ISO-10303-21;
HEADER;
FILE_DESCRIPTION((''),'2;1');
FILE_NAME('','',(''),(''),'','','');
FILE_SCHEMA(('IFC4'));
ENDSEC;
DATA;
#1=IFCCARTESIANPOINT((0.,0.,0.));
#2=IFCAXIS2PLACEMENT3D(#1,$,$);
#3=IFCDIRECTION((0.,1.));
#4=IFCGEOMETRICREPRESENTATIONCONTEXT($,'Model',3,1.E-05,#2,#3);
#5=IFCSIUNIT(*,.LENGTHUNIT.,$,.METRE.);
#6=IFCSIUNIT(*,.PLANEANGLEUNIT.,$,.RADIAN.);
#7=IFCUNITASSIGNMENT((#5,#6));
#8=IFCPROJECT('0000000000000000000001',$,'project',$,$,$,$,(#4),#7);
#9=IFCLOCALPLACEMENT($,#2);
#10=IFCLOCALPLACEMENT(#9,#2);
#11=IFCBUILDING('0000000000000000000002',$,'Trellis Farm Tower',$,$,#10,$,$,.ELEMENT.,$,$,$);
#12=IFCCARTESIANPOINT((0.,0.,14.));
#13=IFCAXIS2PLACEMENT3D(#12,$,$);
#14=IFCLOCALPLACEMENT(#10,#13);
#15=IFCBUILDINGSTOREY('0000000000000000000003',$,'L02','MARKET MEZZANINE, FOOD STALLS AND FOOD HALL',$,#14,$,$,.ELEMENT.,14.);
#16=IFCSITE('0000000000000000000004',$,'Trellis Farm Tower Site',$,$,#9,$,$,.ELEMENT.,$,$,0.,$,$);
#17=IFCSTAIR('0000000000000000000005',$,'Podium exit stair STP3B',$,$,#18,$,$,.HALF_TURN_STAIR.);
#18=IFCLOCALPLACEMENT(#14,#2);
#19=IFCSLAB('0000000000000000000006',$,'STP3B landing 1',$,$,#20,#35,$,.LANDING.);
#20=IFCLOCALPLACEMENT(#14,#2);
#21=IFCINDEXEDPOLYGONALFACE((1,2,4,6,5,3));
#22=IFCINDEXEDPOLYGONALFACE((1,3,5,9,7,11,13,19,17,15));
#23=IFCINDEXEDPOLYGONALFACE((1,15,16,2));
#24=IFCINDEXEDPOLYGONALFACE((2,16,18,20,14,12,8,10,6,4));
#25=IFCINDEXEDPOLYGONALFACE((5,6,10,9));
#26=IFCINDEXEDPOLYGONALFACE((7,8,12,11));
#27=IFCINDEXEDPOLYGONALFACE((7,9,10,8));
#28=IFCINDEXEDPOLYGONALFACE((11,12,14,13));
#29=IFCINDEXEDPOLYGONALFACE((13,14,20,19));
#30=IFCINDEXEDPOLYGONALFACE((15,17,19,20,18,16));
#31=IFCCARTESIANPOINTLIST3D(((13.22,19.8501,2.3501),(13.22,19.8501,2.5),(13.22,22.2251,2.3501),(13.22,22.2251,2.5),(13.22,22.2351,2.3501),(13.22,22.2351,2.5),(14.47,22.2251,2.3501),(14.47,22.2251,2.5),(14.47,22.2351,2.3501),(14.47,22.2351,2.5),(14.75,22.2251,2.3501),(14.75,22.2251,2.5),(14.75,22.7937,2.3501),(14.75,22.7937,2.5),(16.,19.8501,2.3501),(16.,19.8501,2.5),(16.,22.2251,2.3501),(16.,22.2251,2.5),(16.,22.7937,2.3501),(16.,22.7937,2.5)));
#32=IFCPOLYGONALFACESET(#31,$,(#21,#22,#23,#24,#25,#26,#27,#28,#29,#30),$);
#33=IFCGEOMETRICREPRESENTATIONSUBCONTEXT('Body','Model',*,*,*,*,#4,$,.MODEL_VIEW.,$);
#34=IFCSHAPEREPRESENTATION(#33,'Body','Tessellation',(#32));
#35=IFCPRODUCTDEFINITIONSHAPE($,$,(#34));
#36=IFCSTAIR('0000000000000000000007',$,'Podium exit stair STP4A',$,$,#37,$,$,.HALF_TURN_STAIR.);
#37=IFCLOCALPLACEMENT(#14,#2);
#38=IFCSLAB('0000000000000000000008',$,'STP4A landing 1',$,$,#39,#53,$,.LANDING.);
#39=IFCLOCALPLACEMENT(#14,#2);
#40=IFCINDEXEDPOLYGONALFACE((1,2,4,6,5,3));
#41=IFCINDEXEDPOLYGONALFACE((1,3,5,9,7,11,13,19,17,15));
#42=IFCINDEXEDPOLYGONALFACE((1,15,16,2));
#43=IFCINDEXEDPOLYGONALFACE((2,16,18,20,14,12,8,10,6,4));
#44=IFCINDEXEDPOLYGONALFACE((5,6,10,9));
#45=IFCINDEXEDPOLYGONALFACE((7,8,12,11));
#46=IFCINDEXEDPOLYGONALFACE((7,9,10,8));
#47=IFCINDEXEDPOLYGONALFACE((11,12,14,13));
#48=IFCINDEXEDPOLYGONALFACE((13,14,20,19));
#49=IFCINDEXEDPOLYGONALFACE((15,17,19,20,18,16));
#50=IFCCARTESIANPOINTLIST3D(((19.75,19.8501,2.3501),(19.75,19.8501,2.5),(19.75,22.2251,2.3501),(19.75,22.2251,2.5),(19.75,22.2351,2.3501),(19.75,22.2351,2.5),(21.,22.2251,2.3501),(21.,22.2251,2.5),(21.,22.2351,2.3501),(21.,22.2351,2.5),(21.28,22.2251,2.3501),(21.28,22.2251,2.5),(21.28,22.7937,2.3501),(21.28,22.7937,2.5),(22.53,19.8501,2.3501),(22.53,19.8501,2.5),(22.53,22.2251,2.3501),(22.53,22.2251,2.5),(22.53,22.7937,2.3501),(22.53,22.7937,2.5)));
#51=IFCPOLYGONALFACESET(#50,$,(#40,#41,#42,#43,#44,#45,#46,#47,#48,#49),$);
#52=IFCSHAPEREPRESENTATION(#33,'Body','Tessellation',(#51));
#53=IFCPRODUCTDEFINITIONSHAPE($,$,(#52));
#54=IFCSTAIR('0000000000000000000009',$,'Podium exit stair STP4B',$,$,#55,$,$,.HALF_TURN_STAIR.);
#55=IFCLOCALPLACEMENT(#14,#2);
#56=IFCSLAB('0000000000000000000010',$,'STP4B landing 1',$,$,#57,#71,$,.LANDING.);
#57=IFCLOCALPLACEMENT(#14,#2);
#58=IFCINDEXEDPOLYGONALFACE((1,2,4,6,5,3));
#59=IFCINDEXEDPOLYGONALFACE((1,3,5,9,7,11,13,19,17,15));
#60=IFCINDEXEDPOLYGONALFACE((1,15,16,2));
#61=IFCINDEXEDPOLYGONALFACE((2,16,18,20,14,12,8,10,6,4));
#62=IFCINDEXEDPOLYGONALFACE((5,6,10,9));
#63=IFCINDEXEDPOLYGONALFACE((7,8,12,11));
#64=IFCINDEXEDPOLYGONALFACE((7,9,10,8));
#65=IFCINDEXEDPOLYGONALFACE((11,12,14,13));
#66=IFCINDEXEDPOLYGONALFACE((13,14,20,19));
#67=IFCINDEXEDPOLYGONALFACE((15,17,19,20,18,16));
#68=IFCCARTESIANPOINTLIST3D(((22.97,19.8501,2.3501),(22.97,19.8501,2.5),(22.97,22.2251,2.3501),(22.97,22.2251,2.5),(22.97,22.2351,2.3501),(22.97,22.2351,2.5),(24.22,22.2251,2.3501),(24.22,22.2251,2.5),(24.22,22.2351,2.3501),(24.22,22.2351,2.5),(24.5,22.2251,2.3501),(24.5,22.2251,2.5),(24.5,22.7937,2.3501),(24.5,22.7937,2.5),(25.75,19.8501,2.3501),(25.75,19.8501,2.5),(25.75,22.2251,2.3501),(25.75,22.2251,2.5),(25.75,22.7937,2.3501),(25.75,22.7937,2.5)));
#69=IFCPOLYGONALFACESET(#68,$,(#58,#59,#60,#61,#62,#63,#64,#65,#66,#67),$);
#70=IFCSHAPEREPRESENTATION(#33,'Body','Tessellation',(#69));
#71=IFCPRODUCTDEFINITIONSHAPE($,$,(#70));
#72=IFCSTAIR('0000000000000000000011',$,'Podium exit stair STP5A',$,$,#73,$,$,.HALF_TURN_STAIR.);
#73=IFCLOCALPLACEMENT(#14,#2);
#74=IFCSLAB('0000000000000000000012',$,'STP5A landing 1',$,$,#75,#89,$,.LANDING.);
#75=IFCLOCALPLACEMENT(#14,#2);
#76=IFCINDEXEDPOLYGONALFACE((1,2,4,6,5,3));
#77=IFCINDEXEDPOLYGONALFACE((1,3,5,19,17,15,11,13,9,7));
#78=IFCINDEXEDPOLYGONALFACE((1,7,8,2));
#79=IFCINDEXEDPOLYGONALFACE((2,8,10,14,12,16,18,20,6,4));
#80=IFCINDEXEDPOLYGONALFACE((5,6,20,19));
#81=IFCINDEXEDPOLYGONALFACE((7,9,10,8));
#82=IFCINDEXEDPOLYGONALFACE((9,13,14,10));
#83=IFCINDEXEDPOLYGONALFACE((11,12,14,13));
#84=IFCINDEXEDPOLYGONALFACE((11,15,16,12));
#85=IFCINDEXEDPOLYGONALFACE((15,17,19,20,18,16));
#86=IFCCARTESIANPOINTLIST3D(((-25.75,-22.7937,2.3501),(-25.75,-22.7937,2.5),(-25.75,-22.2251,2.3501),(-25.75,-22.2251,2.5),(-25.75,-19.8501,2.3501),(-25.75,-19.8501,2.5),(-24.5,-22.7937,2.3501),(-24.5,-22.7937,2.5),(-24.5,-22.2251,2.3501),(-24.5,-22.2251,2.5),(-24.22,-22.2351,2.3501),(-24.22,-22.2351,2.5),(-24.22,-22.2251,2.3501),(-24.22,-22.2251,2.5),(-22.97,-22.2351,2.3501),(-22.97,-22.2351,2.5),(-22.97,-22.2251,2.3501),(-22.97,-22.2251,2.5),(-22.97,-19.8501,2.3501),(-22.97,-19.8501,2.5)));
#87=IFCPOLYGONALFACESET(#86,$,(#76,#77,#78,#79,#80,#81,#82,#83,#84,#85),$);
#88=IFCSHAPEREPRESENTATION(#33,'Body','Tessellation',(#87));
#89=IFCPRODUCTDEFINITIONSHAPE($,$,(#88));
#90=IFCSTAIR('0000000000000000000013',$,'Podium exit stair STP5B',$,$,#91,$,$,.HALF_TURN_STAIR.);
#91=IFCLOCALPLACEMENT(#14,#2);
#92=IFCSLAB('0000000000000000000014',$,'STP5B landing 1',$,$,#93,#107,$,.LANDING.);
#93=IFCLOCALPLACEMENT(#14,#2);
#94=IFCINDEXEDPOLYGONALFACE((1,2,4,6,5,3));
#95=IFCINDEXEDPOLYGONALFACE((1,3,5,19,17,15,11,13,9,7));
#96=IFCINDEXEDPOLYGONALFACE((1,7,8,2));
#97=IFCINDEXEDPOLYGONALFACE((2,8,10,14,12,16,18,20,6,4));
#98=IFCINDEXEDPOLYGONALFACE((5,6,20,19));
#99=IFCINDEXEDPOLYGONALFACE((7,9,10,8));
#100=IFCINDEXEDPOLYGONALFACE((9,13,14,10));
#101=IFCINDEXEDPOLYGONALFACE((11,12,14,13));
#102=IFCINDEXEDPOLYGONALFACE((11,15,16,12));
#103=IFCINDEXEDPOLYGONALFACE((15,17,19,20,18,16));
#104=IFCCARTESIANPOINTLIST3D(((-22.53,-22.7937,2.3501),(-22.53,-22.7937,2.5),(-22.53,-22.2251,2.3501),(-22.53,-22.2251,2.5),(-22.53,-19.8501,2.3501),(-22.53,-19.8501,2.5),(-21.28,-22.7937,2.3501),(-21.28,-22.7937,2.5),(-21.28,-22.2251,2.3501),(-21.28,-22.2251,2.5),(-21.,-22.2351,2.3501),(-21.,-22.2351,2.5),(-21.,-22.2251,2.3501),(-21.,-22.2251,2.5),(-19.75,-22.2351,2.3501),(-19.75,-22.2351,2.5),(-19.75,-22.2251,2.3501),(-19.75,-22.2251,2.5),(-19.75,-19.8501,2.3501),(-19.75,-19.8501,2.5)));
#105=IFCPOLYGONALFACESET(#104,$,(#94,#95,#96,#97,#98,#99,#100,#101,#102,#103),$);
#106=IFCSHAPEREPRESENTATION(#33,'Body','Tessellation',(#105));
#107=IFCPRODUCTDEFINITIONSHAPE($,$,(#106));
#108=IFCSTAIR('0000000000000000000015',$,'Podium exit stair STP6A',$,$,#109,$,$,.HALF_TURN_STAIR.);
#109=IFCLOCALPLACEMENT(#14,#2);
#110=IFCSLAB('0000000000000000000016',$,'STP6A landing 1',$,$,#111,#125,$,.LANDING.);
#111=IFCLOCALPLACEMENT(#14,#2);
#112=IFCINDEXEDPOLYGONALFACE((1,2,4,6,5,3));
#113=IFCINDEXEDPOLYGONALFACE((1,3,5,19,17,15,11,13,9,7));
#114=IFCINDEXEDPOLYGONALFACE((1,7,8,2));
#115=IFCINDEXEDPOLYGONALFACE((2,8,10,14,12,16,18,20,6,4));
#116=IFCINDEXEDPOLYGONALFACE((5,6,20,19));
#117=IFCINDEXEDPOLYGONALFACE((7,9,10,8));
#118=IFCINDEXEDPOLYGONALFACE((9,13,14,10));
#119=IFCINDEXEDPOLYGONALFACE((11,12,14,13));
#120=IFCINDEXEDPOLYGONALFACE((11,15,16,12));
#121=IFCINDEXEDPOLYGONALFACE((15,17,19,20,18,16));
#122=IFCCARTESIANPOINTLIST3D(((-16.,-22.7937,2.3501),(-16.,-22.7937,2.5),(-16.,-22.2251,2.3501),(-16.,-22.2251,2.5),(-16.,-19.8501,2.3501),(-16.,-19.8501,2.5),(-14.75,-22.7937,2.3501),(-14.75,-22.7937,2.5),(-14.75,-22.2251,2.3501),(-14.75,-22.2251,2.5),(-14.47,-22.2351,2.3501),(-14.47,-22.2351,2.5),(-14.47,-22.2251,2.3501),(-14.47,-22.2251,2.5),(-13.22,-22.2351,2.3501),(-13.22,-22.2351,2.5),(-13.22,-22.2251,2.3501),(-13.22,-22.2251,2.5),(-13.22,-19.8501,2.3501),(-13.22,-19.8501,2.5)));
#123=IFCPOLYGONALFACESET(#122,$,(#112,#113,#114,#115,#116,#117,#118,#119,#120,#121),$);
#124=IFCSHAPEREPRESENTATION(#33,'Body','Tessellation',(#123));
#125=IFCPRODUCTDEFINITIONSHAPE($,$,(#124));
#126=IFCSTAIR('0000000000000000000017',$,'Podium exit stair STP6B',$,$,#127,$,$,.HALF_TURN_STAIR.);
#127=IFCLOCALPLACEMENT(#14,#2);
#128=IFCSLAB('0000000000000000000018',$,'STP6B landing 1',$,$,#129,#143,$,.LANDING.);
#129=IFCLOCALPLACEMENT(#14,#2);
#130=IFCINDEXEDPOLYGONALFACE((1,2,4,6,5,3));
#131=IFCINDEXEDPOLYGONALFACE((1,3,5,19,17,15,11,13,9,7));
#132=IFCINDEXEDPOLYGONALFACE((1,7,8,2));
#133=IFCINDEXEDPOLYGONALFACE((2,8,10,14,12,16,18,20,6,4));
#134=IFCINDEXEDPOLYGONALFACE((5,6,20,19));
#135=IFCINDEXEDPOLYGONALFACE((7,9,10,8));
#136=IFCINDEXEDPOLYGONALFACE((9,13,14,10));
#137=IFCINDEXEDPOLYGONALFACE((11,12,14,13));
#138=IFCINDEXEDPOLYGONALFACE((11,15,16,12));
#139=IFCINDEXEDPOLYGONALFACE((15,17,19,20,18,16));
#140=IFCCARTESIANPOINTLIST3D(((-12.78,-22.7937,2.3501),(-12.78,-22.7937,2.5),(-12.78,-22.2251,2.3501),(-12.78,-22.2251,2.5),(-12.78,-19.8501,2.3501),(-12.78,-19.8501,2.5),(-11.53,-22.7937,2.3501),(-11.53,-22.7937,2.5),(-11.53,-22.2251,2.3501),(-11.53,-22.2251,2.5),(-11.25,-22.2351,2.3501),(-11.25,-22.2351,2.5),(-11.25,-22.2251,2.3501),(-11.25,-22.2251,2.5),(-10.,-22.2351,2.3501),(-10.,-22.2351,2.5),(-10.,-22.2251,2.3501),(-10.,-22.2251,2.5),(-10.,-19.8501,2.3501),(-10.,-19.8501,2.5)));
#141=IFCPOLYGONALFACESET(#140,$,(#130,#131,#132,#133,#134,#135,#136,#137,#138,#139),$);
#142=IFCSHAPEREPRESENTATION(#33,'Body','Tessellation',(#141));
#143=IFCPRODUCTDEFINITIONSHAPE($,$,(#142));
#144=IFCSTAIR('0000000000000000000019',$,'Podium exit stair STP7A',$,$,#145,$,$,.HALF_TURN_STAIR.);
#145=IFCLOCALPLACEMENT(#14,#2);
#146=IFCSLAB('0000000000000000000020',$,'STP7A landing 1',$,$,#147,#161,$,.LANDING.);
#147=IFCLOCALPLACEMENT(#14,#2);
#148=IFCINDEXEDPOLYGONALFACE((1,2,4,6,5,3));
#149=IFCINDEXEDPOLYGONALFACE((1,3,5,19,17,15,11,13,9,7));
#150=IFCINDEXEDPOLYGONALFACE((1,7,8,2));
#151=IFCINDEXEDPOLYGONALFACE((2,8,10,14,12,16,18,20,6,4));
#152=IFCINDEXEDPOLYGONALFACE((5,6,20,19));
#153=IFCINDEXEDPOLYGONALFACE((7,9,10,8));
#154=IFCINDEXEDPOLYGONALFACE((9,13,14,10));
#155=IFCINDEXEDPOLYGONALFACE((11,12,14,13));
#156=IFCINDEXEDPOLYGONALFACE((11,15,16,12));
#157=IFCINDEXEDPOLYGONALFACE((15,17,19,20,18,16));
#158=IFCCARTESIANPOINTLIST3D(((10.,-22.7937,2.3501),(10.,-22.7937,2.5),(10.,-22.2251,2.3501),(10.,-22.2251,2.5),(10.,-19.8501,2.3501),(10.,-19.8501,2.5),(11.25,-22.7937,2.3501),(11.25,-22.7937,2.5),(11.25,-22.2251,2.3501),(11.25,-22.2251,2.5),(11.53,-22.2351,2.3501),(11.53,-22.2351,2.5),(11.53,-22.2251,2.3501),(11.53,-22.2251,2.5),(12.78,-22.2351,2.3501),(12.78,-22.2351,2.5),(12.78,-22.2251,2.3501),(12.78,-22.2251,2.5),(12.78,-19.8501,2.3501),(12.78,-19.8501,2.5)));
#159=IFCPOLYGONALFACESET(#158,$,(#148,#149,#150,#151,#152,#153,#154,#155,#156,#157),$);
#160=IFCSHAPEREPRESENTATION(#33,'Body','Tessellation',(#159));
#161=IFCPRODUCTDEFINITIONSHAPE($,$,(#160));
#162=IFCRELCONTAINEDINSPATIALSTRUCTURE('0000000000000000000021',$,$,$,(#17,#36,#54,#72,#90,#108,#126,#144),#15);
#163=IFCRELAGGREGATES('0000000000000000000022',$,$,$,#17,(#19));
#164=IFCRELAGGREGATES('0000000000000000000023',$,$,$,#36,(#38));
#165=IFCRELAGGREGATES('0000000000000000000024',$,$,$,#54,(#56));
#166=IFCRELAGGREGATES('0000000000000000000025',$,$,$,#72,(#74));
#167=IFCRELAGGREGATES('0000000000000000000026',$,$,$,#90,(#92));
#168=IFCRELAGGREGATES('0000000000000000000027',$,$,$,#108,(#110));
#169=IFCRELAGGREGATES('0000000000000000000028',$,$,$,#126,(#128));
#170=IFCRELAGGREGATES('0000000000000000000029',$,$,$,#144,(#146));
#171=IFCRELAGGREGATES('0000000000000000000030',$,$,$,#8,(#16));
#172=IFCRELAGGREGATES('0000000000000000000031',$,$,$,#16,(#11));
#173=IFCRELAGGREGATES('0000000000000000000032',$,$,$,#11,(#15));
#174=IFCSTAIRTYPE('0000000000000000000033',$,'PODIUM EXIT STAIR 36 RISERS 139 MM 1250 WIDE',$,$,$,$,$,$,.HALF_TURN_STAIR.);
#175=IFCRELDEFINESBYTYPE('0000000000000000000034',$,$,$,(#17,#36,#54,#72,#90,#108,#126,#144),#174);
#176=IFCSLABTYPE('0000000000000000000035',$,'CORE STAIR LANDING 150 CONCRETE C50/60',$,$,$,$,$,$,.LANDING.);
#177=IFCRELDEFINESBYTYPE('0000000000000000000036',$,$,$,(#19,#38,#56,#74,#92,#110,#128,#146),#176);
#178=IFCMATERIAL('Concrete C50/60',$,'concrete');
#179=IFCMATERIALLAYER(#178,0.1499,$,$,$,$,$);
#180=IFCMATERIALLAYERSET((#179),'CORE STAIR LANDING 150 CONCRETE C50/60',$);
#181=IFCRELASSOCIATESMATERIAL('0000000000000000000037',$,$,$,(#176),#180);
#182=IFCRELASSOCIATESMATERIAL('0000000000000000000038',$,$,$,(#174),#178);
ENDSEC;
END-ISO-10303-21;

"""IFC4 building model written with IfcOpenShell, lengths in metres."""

from ifc_helpers import new_model, si_unit, direction, frame, origin, place, context, subcontext, project, spatial, polyline, outline, extrude, source, transform, mapped, material, layer, layer_set, type_object, element, aggregate, save


model = new_model("IFC4")

# Units and contexts
model_context = context("Model", 3, precision=1e-05, world=origin(), true_north=direction((0.0, 1.0)))
body_context = subcontext(model_context, "Body", "Model", "MODEL_VIEW")
ifc_project = project(units=[si_unit("LENGTHUNIT", "METRE"), si_unit("PLANEANGLEUNIT", "RADIAN")], contexts=[model_context])

# Site, building, storey
site_placement = place(None, origin())
site = spatial("IfcSite", under=ifc_project, at=site_placement, Name="Trellis Farm Tower Site", CompositionType="ELEMENT", RefElevation=0.0)
building_placement = place(site_placement, origin())
building = spatial("IfcBuilding", under=site, at=building_placement, Name="Trellis Farm Tower", CompositionType="ELEMENT")
storey_placement = place(building_placement, frame((0.0, 0.0, 14.0)))
storey = spatial("IfcBuildingStorey", under=building, at=storey_placement, Name="L02", Description="MARKET MEZZANINE, FOOD STALLS AND FOOD HALL", CompositionType="ELEMENT", Elevation=14.0)

# Shared definitions
ifc_material_1 = material(Name="Concrete C50/60", Category="concrete")
placement_1 = place(storey_placement, origin())
ifc_layer_1 = layer(ifc_material_1, 0.1499)
ifc_layer_set_1 = layer_set([ifc_layer_1], Name="CORE STAIR LANDING 150 CONCRETE C50/60")
slab_type = type_object("IfcSlabType", Name="CORE STAIR LANDING 150 CONCRETE C50/60", PredefinedType="LANDING", material=ifc_layer_set_1)
placement_2 = place(storey_placement, frame((0.0, 0.0, 2.3501)))

# Stairs, slabs
stair_type_1 = type_object("IfcStairType", Name="PODIUM EXIT STAIR 36 RISERS 139 MM 1250 WIDE", PredefinedType="HALF_TURN_STAIR", material=ifc_material_1)
stair_1 = element("IfcStair", 1, at=placement_1, inside=storey, type_object=stair_type_1, Name="Podium exit stair STP3B", PredefinedType="HALF_TURN_STAIR")
shared_shape_1 = source(origin(), body_context, "Body", "SweptSolid", [
    extrude(outline(polyline([(16.0, 19.8501), (13.22, 19.8501), (13.22, 22.2251), (13.22, 22.2351), (14.47, 22.2351), (14.47, 22.2251), (14.75, 22.2251), (14.75, 22.7937), (16.0, 22.7937), (16.0, 22.2251), (16.0, 19.8501)])), origin(), (0.0, 0.0, 1.0), 0.1499),
])
slab_1 = element("IfcSlab", 2, at=placement_2, type_object=slab_type, Name="STP3B landing 1", PredefinedType="LANDING", context=body_context, shape_type="MappedRepresentation", body=[
    mapped(shared_shape_1, transform((0.0, 0.0, 0.0))),
])
aggregate(stair_1, [slab_1])
stair_2 = element("IfcStair", 3, at=placement_1, inside=storey, type_object=stair_type_1, Name="Podium exit stair STP4A", PredefinedType="HALF_TURN_STAIR")
shared_shape_2 = source(origin(), body_context, "Body", "SweptSolid", [
    extrude(outline(polyline([(22.53, 19.8501), (19.75, 19.8501), (19.75, 22.2251), (19.75, 22.2351), (21.0, 22.2351), (21.0, 22.2251), (21.28, 22.2251), (21.28, 22.7937), (22.53, 22.7937), (22.53, 22.2251), (22.53, 19.8501)])), origin(), (0.0, 0.0, 1.0), 0.1499),
])
slab_2 = element("IfcSlab", 4, at=placement_2, type_object=slab_type, Name="STP4A landing 1", PredefinedType="LANDING", context=body_context, shape_type="MappedRepresentation", body=[
    mapped(shared_shape_2, transform((0.0, 0.0, 0.0))),
])
aggregate(stair_2, [slab_2])
stair_3 = element("IfcStair", 5, at=placement_1, inside=storey, type_object=stair_type_1, Name="Podium exit stair STP4B", PredefinedType="HALF_TURN_STAIR")
shared_shape_3 = source(origin(), body_context, "Body", "SweptSolid", [
    extrude(outline(polyline([(25.75, 19.8501), (22.97, 19.8501), (22.97, 22.2251), (22.97, 22.2351), (24.22, 22.2351), (24.22, 22.2251), (24.5, 22.2251), (24.5, 22.7937), (25.75, 22.7937), (25.75, 22.2251), (25.75, 19.8501)])), origin(), (0.0, 0.0, 1.0), 0.1499),
])
slab_3 = element("IfcSlab", 6, at=placement_2, type_object=slab_type, Name="STP4B landing 1", PredefinedType="LANDING", context=body_context, shape_type="MappedRepresentation", body=[
    mapped(shared_shape_3, transform((0.0, 0.0, 0.0))),
])
aggregate(stair_3, [slab_3])
stair_4 = element("IfcStair", 7, at=placement_1, inside=storey, type_object=stair_type_1, Name="Podium exit stair STP5A", PredefinedType="HALF_TURN_STAIR")
shared_shape_4 = source(origin(), body_context, "Body", "SweptSolid", [
    extrude(outline(polyline([(-24.5, -22.7937), (-25.75, -22.7937), (-25.75, -22.2251), (-25.75, -19.8501), (-22.97, -19.8501), (-22.97, -22.2251), (-22.97, -22.2351), (-24.22, -22.2351), (-24.22, -22.2251), (-24.5, -22.2251), (-24.5, -22.7937)])), origin(), (0.0, 0.0, 1.0), 0.1499),
])
slab_4 = element("IfcSlab", 8, at=placement_2, type_object=slab_type, Name="STP5A landing 1", PredefinedType="LANDING", context=body_context, shape_type="MappedRepresentation", body=[
    mapped(shared_shape_4, transform((0.0, 0.0, 0.0))),
])
aggregate(stair_4, [slab_4])
stair_5 = element("IfcStair", 9, at=placement_1, inside=storey, type_object=stair_type_1, Name="Podium exit stair STP5B", PredefinedType="HALF_TURN_STAIR")
shared_shape_5 = source(origin(), body_context, "Body", "SweptSolid", [
    extrude(outline(polyline([(-21.28, -22.7937), (-22.53, -22.7937), (-22.53, -22.2251), (-22.53, -19.8501), (-19.75, -19.8501), (-19.75, -22.2251), (-19.75, -22.2351), (-21.0, -22.2351), (-21.0, -22.2251), (-21.28, -22.2251), (-21.28, -22.7937)])), origin(), (0.0, 0.0, 1.0), 0.1499),
])
slab_5 = element("IfcSlab", 10, at=placement_2, type_object=slab_type, Name="STP5B landing 1", PredefinedType="LANDING", context=body_context, shape_type="MappedRepresentation", body=[
    mapped(shared_shape_5, transform((0.0, 0.0, 0.0))),
])
aggregate(stair_5, [slab_5])
stair_6 = element("IfcStair", 11, at=placement_1, inside=storey, type_object=stair_type_1, Name="Podium exit stair STP6A", PredefinedType="HALF_TURN_STAIR")
shared_shape_6 = source(origin(), body_context, "Body", "SweptSolid", [
    extrude(outline(polyline([(-14.75, -22.7937), (-16.0, -22.7937), (-16.0, -22.2251), (-16.0, -19.8501), (-13.22, -19.8501), (-13.22, -22.2251), (-13.22, -22.2351), (-14.47, -22.2351), (-14.47, -22.2251), (-14.75, -22.2251), (-14.75, -22.7937)])), origin(), (0.0, 0.0, 1.0), 0.1499),
])
slab_6 = element("IfcSlab", 12, at=placement_2, type_object=slab_type, Name="STP6A landing 1", PredefinedType="LANDING", context=body_context, shape_type="MappedRepresentation", body=[
    mapped(shared_shape_6, transform((0.0, 0.0, 0.0))),
])
aggregate(stair_6, [slab_6])
stair_7 = element("IfcStair", 13, at=placement_1, inside=storey, type_object=stair_type_1, Name="Podium exit stair STP6B", PredefinedType="HALF_TURN_STAIR")
shared_shape_7 = source(origin(), body_context, "Body", "SweptSolid", [
    extrude(outline(polyline([(-11.53, -22.7937), (-12.78, -22.7937), (-12.78, -22.2251), (-12.78, -19.8501), (-10.0, -19.8501), (-10.0, -22.2251), (-10.0, -22.2351), (-11.25, -22.2351), (-11.25, -22.2251), (-11.53, -22.2251), (-11.53, -22.7937)])), origin(), (0.0, 0.0, 1.0), 0.1499),
])
slab_7 = element("IfcSlab", 14, at=placement_2, type_object=slab_type, Name="STP6B landing 1", PredefinedType="LANDING", context=body_context, shape_type="MappedRepresentation", body=[
    mapped(shared_shape_7, transform((0.0, 0.0, 0.0))),
])
aggregate(stair_7, [slab_7])
stair_8 = element("IfcStair", 15, at=placement_1, inside=storey, type_object=stair_type_1, Name="Podium exit stair STP7A", PredefinedType="HALF_TURN_STAIR")
shared_shape_8 = source(origin(), body_context, "Body", "SweptSolid", [
    extrude(outline(polyline([(11.25, -22.7937), (10.0, -22.7937), (10.0, -22.2251), (10.0, -19.8501), (12.78, -19.8501), (12.78, -22.2251), (12.78, -22.2351), (11.53, -22.2351), (11.53, -22.2251), (11.25, -22.2251), (11.25, -22.7937)])), origin(), (0.0, 0.0, 1.0), 0.1499),
])
slab_8 = element("IfcSlab", 16, at=placement_2, type_object=slab_type, Name="STP7A landing 1", PredefinedType="LANDING", context=body_context, shape_type="MappedRepresentation", body=[
    mapped(shared_shape_8, transform((0.0, 0.0, 0.0))),
])
aggregate(stair_8, [slab_8])

save(model, "model.ifc")
